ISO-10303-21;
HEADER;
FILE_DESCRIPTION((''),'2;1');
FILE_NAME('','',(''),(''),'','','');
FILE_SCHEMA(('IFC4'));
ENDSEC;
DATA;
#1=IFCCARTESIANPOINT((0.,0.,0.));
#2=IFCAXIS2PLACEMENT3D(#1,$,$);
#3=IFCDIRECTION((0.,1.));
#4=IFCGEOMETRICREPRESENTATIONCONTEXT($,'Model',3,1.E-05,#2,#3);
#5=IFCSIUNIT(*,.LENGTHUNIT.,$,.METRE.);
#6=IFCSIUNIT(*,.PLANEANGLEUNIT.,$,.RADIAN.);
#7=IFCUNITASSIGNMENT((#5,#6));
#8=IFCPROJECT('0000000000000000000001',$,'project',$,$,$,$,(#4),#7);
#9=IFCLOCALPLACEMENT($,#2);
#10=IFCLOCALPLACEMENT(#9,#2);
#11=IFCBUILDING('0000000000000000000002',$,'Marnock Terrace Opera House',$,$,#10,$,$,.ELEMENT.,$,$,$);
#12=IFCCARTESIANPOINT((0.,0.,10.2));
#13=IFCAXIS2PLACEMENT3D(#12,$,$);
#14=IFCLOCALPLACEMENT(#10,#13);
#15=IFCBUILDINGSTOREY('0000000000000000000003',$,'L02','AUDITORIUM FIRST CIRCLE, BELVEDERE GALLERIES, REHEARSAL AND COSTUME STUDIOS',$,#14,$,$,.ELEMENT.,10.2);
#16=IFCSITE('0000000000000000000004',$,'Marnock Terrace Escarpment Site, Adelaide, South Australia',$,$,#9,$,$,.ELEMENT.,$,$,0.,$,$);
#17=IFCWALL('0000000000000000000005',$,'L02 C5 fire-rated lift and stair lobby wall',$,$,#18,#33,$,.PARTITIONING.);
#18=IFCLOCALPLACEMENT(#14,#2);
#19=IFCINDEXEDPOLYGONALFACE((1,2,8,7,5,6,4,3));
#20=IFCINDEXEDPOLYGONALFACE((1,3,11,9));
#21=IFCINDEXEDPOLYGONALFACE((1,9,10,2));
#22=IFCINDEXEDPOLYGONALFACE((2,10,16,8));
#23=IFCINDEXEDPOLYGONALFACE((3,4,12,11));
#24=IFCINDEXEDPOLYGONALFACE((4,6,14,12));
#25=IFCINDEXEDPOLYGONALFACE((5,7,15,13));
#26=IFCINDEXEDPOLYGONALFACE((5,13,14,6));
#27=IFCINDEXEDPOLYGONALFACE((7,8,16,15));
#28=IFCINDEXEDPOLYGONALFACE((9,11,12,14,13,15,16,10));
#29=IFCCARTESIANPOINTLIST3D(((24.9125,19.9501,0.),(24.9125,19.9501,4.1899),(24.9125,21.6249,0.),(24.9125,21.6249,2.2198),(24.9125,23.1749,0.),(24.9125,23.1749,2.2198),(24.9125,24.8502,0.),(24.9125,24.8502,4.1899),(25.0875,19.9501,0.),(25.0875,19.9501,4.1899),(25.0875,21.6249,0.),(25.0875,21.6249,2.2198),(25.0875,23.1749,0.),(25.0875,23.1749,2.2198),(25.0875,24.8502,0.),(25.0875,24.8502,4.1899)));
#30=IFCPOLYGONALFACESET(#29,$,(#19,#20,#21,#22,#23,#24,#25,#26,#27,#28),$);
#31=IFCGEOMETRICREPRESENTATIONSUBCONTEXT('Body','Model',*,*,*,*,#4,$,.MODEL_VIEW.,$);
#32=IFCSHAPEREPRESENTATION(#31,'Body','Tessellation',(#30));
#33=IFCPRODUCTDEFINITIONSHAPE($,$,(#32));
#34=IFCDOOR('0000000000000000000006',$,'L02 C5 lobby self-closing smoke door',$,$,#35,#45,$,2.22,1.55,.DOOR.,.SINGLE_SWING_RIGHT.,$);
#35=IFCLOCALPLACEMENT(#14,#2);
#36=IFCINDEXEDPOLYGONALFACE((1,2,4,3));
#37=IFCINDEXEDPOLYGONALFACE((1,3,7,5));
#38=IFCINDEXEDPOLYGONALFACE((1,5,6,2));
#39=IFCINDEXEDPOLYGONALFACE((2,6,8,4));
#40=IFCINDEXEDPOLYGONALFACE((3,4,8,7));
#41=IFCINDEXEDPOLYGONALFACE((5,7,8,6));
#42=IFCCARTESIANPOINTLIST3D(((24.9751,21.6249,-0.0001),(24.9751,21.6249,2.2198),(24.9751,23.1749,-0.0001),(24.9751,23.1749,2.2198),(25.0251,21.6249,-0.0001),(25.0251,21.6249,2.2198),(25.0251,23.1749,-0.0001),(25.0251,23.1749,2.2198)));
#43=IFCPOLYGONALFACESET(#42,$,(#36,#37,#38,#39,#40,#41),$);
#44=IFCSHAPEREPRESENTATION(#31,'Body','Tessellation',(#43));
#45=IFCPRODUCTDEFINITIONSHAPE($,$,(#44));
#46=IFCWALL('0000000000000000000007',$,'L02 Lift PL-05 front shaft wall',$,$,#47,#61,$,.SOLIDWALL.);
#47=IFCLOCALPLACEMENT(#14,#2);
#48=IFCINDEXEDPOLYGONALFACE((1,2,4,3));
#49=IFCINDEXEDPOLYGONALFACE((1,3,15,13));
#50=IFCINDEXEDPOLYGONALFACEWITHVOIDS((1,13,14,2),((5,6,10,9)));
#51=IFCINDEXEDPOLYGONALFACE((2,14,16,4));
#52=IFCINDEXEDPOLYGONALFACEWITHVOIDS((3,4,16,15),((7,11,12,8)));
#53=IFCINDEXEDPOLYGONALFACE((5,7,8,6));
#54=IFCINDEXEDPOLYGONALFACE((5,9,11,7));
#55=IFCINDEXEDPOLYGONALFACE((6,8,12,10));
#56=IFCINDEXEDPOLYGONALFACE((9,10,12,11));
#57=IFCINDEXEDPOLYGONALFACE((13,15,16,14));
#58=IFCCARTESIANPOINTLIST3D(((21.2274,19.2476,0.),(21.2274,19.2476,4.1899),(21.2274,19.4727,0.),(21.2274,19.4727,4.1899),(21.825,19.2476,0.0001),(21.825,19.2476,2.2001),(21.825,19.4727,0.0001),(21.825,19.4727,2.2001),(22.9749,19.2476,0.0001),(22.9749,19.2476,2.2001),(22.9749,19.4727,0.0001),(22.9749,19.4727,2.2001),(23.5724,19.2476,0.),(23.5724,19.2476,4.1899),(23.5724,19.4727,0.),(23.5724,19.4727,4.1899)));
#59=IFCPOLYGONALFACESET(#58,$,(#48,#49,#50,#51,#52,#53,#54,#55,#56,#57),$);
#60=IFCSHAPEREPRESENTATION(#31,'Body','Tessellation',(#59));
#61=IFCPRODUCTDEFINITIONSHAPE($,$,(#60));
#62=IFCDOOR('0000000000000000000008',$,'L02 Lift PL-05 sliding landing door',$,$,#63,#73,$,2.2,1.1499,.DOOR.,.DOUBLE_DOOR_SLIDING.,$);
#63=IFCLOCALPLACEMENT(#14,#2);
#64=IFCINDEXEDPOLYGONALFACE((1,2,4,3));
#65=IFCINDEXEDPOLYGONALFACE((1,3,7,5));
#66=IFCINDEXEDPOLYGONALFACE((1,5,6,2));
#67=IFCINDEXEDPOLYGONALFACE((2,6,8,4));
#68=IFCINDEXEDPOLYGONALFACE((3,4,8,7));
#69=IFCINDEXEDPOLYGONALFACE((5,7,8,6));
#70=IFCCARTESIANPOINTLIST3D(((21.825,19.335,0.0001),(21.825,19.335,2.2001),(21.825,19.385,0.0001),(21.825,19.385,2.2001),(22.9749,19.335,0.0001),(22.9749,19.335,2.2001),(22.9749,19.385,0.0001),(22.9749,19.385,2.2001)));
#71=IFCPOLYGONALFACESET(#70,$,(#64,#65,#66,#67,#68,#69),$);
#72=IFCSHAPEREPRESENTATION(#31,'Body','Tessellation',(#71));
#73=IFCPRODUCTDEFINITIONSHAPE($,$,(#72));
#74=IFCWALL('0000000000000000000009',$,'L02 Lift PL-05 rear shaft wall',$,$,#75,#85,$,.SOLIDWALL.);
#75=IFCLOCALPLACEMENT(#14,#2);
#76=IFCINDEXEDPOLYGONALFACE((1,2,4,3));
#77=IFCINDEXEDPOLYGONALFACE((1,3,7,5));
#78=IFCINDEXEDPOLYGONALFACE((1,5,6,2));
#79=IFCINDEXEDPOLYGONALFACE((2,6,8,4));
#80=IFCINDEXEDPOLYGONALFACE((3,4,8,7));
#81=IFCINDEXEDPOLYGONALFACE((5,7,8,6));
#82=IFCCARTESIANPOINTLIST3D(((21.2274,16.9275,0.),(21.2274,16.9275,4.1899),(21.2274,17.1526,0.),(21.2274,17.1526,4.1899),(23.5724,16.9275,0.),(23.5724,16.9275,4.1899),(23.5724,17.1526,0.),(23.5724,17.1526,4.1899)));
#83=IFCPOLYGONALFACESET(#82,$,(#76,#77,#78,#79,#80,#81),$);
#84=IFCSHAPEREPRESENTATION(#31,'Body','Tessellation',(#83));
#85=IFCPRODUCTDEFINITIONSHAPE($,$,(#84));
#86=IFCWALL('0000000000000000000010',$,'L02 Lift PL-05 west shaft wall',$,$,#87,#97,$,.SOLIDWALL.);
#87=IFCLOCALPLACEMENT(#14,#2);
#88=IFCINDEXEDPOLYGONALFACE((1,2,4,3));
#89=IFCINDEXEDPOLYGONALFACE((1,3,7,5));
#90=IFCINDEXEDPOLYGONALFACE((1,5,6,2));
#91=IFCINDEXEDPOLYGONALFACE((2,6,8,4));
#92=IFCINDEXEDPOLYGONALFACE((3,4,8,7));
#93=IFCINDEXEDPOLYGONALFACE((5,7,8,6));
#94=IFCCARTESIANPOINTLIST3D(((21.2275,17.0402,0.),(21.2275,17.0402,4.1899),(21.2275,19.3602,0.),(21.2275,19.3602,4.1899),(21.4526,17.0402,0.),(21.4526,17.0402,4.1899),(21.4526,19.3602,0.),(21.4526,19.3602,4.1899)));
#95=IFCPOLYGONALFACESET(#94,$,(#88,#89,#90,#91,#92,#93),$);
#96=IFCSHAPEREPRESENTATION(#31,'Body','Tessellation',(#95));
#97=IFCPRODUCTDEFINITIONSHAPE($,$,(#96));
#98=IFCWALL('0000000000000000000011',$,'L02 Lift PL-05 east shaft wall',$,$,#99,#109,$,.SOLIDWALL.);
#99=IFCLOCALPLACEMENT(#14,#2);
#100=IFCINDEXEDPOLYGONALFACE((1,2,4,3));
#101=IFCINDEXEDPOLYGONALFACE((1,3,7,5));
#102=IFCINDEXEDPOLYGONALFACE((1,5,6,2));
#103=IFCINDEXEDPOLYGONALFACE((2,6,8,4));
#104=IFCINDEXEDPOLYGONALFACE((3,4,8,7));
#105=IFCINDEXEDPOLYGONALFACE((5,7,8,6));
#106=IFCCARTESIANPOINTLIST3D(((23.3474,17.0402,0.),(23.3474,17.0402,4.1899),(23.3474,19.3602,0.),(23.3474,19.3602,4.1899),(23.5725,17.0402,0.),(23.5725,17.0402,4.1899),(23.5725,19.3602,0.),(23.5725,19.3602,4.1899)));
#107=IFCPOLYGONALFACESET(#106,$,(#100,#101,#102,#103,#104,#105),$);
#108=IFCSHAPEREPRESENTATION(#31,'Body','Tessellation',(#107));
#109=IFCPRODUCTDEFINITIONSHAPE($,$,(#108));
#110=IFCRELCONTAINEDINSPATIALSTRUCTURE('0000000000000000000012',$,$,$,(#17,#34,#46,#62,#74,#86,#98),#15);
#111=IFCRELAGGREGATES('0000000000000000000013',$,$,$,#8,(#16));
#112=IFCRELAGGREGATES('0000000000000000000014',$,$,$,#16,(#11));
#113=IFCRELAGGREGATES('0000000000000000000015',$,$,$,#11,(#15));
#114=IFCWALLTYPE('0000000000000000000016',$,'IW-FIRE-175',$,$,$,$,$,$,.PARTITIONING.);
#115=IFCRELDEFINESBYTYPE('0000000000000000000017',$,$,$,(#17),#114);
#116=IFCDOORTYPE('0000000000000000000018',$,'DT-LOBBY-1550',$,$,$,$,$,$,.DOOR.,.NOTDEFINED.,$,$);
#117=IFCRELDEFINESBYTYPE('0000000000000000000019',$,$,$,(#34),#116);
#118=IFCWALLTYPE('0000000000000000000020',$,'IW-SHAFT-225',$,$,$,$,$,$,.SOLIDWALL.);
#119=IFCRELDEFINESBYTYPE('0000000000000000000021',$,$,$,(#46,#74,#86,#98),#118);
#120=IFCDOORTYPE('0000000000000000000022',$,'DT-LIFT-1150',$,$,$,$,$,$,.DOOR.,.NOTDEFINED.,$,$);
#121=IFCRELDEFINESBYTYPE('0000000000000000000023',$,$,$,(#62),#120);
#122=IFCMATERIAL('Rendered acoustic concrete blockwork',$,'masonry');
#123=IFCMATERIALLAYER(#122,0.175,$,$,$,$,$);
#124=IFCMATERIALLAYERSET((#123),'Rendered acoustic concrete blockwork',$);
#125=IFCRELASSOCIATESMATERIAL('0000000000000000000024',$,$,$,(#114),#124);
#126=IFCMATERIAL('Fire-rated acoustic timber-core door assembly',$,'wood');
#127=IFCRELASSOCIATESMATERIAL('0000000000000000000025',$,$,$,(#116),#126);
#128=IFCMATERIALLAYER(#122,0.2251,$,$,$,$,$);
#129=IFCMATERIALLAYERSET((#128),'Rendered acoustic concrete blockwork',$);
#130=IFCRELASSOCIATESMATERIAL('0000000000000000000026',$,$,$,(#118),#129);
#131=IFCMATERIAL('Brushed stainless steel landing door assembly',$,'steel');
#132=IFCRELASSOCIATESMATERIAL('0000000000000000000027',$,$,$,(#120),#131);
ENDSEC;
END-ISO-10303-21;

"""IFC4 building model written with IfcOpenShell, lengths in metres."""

from ifc_helpers import new_model, si_unit, direction, frame, frame_2d, origin, place, context, subcontext, project, spatial, rectangle, extrude, material, layer, layer_set, type_object, element, fill, save


model = new_model("IFC4")

# Units and contexts
model_context = context("Model", 3, precision=1e-05, world=origin(), true_north=direction((0.0, 1.0)))
body_context = subcontext(model_context, "Body", "Model", "MODEL_VIEW")
ifc_project = project(units=[si_unit("LENGTHUNIT", "METRE"), si_unit("PLANEANGLEUNIT", "RADIAN")], contexts=[model_context])

# Site, building, storey
site_placement = place(None, origin())
site = spatial("IfcSite", under=ifc_project, at=site_placement, Name="Marnock Terrace Escarpment Site, Adelaide, South Australia", CompositionType="ELEMENT", RefElevation=0.0)
building_placement = place(site_placement, origin())
building = spatial("IfcBuilding", under=site, at=building_placement, Name="Marnock Terrace Opera House", CompositionType="ELEMENT")
storey_placement = place(building_placement, frame((0.0, 0.0, 10.2)))
storey = spatial("IfcBuildingStorey", under=building, at=storey_placement, Name="L02", Description="AUDITORIUM FIRST CIRCLE, BELVEDERE GALLERIES, REHEARSAL AND COSTUME STUDIOS", CompositionType="ELEMENT", Elevation=10.2)

# Walls, openings, doors
ifc_material_1 = material(Name="Rendered acoustic concrete blockwork", Category="masonry")
ifc_layer_1 = layer(ifc_material_1, 0.175)
ifc_layer_set_1 = layer_set([ifc_layer_1], Name="Rendered acoustic concrete blockwork")
wall_type_1 = type_object("IfcWallType", Name="IW-FIRE-175", PredefinedType="PARTITIONING", material=ifc_layer_set_1)
wall_1_placement = place(storey_placement, frame((25.0, 19.95, 0.0), z_axis=(0.0, 0.0, 1.0), x_axis=(0.0, 1.0, 0.0)))
wall_1 = element("IfcWall", 1, at=wall_1_placement, inside=storey, type_object=wall_type_1, Name="L02 C5 fire-rated lift and stair lobby wall", PredefinedType="PARTITIONING", context=body_context, shape_type="SweptSolid", body=[
    extrude(rectangle(XDim=4.9001, YDim=0.175, at=frame_2d((2.4502, 0.0))), origin(), (0.0, 0.0, 1.0), 4.1899),
])
opening_1_placement = place(wall_1_placement, frame((1.675, 0.0, 0.0)))
opening_1 = element("IfcOpeningElement", 2, at=opening_1_placement, cuts=wall_1, PredefinedType="OPENING", context=body_context, shape_type="SweptSolid", body=[
    extrude(rectangle(XDim=1.55, YDim=2.22, at=frame_2d((0.7749, 1.1099))), frame((0.0, 0.0974, 0.0), z_axis=(0.0, -1.0, 0.0), x_axis=(1.0, 0.0, 0.0)), (0.0, 0.0, 1.0), 0.1951),
])
ifc_material_2 = material(Name="Fire-rated acoustic timber-core door assembly", Category="wood")
door_type_1 = type_object("IfcDoorType", Name="DT-LOBBY-1550", OperationType="NOTDEFINED", PredefinedType="DOOR", material=ifc_material_2)
door_1_placement = place(opening_1_placement, origin())
door_1 = element("IfcDoor", 3, at=door_1_placement, inside=storey, type_object=door_type_1, Name="L02 C5 lobby self-closing smoke door", OperationType="SINGLE_SWING_RIGHT", OverallHeight=2.22, OverallWidth=1.55, PredefinedType="DOOR", context=body_context, shape_type="SweptSolid", body=[
    extrude(rectangle(XDim=1.55, YDim=2.22, at=frame_2d((0.7749, 1.1099))), frame((0.0, 0.0249, 0.0), z_axis=(0.0, -1.0, 0.0), x_axis=(1.0, 0.0, 0.0)), (0.0, 0.0, 1.0), 0.05),
])
fill(opening_1, door_1)
ifc_layer_2 = layer(ifc_material_1, 0.2251)
ifc_layer_set_2 = layer_set([ifc_layer_2], Name="Rendered acoustic concrete blockwork")
wall_type_2 = type_object("IfcWallType", Name="IW-SHAFT-225", PredefinedType="SOLIDWALL", material=ifc_layer_set_2)
wall_2_placement = place(storey_placement, frame((21.2275, 19.3601, 0.0), z_axis=(0.0, 0.0, 1.0), x_axis=(1.0, 0.0, 0.0)))
wall_2 = element("IfcWall", 4, at=wall_2_placement, inside=storey, type_object=wall_type_2, Name="L02 Lift PL-05 front shaft wall", PredefinedType="SOLIDWALL", context=body_context, shape_type="SweptSolid", body=[
    extrude(rectangle(XDim=2.345, YDim=0.2251, at=frame_2d((1.1724, 0.0))), origin(), (0.0, 0.0, 1.0), 4.1899),
])
opening_2_placement = place(wall_2_placement, frame((0.5974, 0.0, 0.0)))
opening_2 = element("IfcOpeningElement", 5, at=opening_2_placement, cuts=wall_2, PredefinedType="OPENING", context=body_context, shape_type="SweptSolid", body=[
    extrude(rectangle(XDim=1.1499, YDim=2.2, at=frame_2d((0.575, 1.1001))), frame((0.0, 0.1226, 0.0), z_axis=(0.0, -1.0, 0.0), x_axis=(1.0, 0.0, 0.0)), (0.0, 0.0, 1.0), 0.2451),
])
ifc_material_3 = material(Name="Brushed stainless steel landing door assembly", Category="steel")
door_type_2 = type_object("IfcDoorType", Name="DT-LIFT-1150", OperationType="NOTDEFINED", PredefinedType="DOOR", material=ifc_material_3)
door_2_placement = place(opening_2_placement, origin())
door_2 = element("IfcDoor", 6, at=door_2_placement, inside=storey, type_object=door_type_2, Name="L02 Lift PL-05 sliding landing door", OperationType="DOUBLE_DOOR_SLIDING", OverallHeight=2.2, OverallWidth=1.1499, PredefinedType="DOOR", context=body_context, shape_type="SweptSolid", body=[
    extrude(rectangle(XDim=1.1499, YDim=2.2, at=frame_2d((0.575, 1.1001))), frame((0.0, 0.0249, 0.0), z_axis=(0.0, -1.0, 0.0), x_axis=(1.0, 0.0, 0.0)), (0.0, 0.0, 1.0), 0.05),
])
fill(opening_2, door_2)

# Walls
wall_3_placement = place(storey_placement, frame((21.2275, 17.04, 0.0), z_axis=(0.0, 0.0, 1.0), x_axis=(1.0, 0.0, 0.0)))
element("IfcWall", 7, at=wall_3_placement, inside=storey, type_object=wall_type_2, Name="L02 Lift PL-05 rear shaft wall", PredefinedType="SOLIDWALL", context=body_context, shape_type="SweptSolid", body=[
    extrude(rectangle(XDim=2.345, YDim=0.2251, at=frame_2d((1.1724, 0.0))), origin(), (0.0, 0.0, 1.0), 4.1899),
])
for number, where, z_axis, x_axis, name in (
    (8, (21.3401, 17.04, 0.0), (0.0, 0.0, 1.0), (0.0, 1.0, 0.0), "L02 Lift PL-05 west shaft wall"),
    (9, (23.46, 17.04, 0.0), (0.0, 0.0, 1.0), (0.0, 1.0, 0.0), "L02 Lift PL-05 east shaft wall"),
):
    element("IfcWall", number, at=place(storey_placement, frame(where, z_axis=z_axis, x_axis=x_axis)), inside=storey, type_object=wall_type_2, Name=name, PredefinedType="SOLIDWALL", context=body_context, shape_type="SweptSolid", body=[
        extrude(rectangle(XDim=2.3201, YDim=0.2251, at=frame_2d((1.1602, 0.0))), origin(), (0.0, 0.0, 1.0), 4.1899),
    ])

save(model, "model.ifc")
